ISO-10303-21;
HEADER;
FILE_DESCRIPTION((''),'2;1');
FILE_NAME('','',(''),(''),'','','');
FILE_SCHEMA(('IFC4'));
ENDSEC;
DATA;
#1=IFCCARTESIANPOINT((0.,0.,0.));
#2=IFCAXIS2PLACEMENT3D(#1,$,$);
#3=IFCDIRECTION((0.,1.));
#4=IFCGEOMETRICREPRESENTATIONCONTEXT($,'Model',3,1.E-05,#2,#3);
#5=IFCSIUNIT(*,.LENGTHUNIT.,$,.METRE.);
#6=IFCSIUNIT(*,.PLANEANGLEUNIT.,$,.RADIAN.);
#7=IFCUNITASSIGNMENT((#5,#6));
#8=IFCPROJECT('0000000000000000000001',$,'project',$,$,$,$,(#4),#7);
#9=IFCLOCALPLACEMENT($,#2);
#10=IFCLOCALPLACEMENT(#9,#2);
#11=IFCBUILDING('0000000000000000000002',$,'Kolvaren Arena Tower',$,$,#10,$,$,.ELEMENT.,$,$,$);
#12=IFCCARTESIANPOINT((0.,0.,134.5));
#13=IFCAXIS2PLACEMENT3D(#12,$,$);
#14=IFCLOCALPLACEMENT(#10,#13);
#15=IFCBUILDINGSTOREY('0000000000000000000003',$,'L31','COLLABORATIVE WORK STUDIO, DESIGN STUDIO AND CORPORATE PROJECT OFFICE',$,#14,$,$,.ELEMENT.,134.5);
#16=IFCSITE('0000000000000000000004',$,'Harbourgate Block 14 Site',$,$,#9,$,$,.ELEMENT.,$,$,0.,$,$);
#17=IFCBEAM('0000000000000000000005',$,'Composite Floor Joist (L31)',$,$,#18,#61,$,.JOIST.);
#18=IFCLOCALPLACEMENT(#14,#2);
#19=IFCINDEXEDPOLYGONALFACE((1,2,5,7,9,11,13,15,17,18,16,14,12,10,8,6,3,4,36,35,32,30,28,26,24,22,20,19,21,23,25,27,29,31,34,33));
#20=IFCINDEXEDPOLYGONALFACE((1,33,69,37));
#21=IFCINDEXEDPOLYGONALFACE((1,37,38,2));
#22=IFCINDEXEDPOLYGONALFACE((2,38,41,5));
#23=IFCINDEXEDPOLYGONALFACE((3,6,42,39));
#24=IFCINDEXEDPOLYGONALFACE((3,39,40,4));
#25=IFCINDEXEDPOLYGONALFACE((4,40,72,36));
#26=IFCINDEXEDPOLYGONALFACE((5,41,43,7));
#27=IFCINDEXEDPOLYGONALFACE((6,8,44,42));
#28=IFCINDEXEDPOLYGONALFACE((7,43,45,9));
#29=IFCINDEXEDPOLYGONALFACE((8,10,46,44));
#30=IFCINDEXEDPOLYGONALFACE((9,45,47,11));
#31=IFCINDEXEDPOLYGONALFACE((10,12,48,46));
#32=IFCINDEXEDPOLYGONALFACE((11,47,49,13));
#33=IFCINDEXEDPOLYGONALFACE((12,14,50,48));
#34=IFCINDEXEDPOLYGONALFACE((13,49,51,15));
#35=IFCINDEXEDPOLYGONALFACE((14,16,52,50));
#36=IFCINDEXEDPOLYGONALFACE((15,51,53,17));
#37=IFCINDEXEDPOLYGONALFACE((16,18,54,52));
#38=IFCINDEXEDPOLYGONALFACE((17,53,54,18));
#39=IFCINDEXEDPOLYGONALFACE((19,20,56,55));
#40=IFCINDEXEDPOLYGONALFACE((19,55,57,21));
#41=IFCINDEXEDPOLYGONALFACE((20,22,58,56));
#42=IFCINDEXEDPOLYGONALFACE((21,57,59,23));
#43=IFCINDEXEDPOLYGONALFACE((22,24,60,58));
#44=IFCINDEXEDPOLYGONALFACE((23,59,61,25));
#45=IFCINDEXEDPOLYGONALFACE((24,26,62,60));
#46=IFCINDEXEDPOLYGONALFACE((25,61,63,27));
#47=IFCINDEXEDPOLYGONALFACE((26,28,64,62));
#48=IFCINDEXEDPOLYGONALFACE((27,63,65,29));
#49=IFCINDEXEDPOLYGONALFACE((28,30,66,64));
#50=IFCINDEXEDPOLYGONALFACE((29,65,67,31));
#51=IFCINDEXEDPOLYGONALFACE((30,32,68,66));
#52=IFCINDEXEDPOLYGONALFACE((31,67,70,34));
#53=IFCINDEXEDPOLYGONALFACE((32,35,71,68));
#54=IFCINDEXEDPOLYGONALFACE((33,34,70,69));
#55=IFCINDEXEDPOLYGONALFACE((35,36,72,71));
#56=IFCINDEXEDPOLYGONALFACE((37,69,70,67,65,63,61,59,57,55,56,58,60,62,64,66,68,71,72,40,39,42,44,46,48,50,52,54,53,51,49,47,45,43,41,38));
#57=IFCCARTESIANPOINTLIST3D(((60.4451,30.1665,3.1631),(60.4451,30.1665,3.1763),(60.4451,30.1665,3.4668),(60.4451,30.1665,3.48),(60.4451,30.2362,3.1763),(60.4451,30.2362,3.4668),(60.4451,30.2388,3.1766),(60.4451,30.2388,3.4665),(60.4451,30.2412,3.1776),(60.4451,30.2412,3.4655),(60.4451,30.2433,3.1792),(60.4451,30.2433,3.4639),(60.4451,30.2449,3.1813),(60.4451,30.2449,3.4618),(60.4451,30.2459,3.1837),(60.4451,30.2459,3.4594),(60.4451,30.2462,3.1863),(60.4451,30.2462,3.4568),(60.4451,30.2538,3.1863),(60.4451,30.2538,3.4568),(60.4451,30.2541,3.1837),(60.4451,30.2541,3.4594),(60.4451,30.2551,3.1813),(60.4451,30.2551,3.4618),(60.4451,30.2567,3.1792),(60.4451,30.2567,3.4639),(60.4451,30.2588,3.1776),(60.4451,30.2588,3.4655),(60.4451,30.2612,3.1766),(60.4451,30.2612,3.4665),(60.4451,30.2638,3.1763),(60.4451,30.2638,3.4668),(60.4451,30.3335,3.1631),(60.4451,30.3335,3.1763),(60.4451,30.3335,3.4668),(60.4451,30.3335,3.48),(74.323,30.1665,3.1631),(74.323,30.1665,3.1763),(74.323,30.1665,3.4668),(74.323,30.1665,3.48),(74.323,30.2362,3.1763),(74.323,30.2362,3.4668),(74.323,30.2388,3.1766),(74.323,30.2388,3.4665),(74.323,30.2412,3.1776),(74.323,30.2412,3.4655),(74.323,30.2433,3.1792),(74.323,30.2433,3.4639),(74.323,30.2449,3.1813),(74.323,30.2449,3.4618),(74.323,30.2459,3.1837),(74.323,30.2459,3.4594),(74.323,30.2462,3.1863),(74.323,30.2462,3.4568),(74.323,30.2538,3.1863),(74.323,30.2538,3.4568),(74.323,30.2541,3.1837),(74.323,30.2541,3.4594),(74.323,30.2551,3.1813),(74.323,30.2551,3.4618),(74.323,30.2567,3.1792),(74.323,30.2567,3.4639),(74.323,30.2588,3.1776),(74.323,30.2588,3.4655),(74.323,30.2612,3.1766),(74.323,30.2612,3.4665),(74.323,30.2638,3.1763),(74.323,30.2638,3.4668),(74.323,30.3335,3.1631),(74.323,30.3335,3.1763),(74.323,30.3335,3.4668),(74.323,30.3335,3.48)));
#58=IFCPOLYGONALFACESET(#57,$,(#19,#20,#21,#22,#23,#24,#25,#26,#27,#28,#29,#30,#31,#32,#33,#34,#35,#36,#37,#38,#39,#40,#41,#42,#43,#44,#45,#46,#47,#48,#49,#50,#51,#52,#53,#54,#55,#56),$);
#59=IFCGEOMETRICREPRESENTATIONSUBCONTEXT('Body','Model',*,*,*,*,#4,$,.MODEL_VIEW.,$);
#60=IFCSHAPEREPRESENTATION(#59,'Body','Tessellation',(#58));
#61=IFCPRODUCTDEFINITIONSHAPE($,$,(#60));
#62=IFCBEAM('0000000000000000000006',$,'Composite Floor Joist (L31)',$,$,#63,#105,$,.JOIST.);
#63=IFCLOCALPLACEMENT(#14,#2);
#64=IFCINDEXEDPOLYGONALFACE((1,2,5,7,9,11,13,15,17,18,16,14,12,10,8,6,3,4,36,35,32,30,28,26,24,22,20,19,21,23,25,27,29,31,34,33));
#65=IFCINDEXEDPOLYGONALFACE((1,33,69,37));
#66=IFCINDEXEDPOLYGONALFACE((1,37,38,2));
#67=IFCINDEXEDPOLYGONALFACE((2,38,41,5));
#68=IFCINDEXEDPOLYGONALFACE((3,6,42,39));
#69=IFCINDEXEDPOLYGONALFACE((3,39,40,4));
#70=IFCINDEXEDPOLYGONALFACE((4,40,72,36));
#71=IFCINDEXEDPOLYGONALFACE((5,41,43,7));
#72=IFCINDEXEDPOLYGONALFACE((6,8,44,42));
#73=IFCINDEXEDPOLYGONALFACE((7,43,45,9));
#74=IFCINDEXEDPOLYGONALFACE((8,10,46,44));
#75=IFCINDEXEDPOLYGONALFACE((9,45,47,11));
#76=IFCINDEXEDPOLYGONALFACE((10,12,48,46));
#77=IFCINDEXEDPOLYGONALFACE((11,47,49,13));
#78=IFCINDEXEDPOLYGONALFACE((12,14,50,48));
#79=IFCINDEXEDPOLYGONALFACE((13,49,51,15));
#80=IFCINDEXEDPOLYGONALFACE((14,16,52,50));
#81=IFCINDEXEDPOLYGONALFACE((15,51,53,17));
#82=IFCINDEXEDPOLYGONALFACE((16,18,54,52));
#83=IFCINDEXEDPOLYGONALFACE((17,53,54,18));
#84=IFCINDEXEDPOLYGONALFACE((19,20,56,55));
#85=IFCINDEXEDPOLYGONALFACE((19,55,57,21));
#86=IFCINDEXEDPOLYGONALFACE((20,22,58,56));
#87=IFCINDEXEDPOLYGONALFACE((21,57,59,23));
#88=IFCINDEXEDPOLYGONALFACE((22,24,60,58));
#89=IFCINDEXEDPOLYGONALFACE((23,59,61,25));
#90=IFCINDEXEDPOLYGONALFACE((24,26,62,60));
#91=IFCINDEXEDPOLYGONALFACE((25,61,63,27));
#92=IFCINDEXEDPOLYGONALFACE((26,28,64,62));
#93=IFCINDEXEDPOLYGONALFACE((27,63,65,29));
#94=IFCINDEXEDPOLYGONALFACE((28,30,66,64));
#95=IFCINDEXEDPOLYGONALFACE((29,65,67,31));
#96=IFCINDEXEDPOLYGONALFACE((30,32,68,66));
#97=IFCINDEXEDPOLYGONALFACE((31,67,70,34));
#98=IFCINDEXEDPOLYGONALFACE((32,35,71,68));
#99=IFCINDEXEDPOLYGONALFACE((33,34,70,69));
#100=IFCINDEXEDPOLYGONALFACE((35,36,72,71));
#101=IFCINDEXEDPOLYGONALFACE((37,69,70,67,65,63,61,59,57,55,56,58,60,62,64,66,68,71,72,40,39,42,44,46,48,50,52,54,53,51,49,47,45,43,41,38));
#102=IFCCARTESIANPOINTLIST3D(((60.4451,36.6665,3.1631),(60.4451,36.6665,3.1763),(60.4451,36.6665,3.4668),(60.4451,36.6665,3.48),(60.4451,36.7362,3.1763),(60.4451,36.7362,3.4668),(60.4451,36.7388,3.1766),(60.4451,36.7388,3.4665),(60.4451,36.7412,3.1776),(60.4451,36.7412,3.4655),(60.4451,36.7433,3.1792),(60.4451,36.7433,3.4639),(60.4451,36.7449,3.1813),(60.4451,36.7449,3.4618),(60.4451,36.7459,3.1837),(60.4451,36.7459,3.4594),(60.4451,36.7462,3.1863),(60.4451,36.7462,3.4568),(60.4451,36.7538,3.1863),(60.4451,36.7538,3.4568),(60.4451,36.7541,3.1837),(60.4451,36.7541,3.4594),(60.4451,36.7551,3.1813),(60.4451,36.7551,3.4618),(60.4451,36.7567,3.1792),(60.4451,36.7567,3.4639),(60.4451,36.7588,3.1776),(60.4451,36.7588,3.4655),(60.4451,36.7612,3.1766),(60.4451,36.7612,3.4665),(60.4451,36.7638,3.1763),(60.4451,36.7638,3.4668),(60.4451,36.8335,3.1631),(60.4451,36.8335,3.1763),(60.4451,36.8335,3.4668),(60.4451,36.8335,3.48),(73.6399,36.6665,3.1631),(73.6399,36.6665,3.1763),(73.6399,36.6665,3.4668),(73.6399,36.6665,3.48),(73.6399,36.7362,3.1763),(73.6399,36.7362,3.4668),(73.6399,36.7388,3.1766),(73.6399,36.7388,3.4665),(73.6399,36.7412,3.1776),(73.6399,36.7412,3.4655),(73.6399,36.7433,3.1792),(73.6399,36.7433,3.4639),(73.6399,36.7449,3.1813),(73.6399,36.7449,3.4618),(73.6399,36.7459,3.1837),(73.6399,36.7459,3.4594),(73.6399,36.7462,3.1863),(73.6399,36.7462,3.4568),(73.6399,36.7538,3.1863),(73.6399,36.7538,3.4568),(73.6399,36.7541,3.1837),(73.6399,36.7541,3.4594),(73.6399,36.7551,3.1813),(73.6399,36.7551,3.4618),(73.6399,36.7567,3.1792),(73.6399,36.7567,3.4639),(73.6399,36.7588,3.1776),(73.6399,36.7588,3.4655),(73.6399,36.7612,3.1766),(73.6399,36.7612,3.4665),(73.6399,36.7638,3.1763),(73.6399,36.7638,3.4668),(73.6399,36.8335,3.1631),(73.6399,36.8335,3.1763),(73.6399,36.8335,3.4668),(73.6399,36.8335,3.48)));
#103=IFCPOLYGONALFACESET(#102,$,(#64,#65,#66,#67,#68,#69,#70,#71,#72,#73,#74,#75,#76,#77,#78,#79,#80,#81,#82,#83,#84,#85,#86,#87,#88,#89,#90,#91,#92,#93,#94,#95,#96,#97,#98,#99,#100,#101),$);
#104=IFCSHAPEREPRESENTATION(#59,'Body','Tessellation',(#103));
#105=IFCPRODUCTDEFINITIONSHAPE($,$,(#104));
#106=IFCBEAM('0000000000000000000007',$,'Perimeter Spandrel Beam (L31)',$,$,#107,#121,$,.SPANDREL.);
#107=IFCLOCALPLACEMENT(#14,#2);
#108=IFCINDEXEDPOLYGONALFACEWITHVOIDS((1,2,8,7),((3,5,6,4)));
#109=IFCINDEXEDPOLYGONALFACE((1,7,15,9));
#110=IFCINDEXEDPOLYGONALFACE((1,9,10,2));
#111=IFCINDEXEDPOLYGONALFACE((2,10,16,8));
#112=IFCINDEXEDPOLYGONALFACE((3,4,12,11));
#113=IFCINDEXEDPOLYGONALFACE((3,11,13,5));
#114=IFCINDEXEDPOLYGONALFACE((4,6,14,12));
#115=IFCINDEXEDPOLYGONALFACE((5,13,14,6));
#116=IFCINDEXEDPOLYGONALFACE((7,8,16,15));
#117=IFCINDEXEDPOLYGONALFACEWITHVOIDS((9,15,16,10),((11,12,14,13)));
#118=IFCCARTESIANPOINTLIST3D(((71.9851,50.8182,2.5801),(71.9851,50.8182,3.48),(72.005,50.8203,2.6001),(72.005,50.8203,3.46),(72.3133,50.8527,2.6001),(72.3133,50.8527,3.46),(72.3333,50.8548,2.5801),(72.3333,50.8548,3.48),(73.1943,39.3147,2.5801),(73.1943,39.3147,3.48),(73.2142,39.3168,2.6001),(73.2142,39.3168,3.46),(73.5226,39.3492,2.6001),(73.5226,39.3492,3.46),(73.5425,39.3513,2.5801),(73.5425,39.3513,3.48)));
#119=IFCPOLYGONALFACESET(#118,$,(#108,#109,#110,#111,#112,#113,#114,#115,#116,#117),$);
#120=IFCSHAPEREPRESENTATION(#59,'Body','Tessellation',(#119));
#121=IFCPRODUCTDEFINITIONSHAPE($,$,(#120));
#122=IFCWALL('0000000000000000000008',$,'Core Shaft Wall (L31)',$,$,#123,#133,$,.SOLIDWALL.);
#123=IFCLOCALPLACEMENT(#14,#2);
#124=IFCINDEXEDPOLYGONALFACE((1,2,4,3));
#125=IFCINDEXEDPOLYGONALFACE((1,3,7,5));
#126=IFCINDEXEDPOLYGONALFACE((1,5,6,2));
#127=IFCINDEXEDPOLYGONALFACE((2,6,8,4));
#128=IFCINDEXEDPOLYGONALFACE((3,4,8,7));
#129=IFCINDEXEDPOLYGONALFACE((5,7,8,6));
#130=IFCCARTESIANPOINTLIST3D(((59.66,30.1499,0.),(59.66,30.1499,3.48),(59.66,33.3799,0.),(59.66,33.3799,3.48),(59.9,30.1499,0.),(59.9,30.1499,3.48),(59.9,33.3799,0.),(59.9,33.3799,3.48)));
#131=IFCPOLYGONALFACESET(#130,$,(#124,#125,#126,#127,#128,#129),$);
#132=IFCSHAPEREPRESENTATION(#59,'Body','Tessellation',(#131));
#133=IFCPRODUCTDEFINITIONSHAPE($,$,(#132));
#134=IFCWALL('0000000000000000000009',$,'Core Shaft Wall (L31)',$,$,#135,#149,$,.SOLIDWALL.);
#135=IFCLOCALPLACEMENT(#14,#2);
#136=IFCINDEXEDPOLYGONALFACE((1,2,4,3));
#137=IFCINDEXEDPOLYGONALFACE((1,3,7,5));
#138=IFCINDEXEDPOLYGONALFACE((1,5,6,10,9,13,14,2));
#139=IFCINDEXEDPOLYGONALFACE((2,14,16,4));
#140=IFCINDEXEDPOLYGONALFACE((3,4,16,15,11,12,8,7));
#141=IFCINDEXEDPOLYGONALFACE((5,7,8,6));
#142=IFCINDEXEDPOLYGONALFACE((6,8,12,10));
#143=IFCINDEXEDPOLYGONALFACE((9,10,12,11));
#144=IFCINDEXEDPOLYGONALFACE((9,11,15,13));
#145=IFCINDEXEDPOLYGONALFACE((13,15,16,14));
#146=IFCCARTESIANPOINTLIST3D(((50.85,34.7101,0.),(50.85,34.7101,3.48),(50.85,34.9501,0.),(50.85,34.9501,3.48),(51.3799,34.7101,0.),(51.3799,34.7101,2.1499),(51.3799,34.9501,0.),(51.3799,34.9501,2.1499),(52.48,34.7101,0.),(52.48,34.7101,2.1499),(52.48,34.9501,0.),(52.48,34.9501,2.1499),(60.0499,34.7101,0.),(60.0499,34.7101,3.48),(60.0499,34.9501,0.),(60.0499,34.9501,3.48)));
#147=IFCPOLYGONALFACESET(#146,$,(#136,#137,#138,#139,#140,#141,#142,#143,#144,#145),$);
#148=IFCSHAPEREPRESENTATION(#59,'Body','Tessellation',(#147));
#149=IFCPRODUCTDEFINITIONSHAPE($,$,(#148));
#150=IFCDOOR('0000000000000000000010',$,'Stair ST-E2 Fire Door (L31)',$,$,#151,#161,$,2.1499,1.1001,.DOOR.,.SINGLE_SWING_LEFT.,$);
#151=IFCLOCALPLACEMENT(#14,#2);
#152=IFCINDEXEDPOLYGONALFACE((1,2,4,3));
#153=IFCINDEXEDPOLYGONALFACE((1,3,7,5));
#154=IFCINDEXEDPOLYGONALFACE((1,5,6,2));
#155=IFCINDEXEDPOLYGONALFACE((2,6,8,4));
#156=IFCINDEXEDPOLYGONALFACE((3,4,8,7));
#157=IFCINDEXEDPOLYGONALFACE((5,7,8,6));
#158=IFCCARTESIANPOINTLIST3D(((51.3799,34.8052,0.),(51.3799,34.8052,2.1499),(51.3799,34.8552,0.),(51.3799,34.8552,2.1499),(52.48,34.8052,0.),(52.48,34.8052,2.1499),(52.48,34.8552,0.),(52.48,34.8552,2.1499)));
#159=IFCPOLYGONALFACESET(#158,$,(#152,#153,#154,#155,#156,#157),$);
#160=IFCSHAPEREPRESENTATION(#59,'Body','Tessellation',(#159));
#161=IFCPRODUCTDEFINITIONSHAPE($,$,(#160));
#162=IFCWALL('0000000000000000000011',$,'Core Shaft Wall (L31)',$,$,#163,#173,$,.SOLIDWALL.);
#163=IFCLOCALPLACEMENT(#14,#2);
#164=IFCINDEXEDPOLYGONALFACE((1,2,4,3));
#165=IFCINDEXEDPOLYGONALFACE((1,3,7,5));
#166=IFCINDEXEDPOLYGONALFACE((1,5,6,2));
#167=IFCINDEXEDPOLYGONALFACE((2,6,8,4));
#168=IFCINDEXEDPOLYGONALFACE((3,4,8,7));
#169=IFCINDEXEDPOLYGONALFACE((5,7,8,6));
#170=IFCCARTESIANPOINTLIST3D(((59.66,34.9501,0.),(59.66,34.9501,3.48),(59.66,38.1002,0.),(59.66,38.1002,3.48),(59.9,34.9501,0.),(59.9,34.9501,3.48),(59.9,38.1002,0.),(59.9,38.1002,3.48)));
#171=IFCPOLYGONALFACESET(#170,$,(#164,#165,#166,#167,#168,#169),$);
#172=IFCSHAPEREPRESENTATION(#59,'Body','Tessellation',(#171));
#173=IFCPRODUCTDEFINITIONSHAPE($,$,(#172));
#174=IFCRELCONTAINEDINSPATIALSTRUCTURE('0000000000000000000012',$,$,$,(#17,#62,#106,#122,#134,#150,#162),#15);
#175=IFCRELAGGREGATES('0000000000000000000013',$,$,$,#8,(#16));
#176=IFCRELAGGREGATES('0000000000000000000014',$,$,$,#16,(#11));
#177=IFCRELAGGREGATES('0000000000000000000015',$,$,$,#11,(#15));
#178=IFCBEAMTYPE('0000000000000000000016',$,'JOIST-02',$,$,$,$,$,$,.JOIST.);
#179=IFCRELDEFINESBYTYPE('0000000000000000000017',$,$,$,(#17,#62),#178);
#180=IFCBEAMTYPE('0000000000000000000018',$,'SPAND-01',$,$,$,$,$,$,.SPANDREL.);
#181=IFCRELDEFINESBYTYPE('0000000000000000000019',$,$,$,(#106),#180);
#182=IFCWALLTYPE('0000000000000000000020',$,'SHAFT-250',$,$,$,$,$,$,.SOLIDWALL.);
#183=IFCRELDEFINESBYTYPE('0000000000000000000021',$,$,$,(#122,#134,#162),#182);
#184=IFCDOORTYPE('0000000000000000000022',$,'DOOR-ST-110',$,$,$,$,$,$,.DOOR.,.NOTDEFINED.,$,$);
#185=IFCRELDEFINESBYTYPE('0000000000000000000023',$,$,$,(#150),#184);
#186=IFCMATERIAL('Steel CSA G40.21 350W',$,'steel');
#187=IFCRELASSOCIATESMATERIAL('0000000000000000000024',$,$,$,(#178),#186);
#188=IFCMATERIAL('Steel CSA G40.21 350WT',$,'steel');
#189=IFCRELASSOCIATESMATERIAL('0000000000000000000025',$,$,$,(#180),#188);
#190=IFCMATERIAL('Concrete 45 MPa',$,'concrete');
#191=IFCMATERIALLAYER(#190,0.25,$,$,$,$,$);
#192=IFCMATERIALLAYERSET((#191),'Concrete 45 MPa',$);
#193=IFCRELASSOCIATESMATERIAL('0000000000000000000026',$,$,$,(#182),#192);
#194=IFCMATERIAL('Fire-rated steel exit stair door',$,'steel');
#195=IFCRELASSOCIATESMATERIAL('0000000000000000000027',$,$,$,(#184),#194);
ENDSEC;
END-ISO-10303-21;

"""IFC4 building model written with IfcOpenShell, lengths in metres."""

from ifc_helpers import new_model, si_unit, direction, frame, frame_2d, origin, origin_2d, place, context, subcontext, project, spatial, rectangle, hollow_rectangle, i_section, extrude, material, layer, layer_set, material_profile, profile_set, type_object, element, fill, save


model = new_model("IFC4")

# Units and contexts
model_context = context("Model", 3, precision=1e-05, world=origin(), true_north=direction((0.0, 1.0)))
body_context = subcontext(model_context, "Body", "Model", "MODEL_VIEW")
ifc_project = project(units=[si_unit("LENGTHUNIT", "METRE"), si_unit("PLANEANGLEUNIT", "RADIAN")], contexts=[model_context])

# Site, building, storey
site_placement = place(None, origin())
site = spatial("IfcSite", under=ifc_project, at=site_placement, Name="Harbourgate Block 14 Site", CompositionType="ELEMENT", RefElevation=0.0)
building_placement = place(site_placement, origin())
building = spatial("IfcBuilding", under=site, at=building_placement, Name="Kolvaren Arena Tower", CompositionType="ELEMENT")
storey_placement = place(building_placement, frame((0.0, 0.0, 134.5)))
storey = spatial("IfcBuildingStorey", under=building, at=storey_placement, Name="L31", Description="COLLABORATIVE WORK STUDIO, DESIGN STUDIO AND CORPORATE PROJECT OFFICE", CompositionType="ELEMENT", Elevation=134.5)

# Beams
ifc_material_1 = material(Name="Steel CSA G40.21 350W", Category="steel")
ifc_material_profile_1 = material_profile(ifc_material_1, i_section(OverallWidth=0.167, OverallDepth=0.3169, WebThickness=0.0076, FlangeThickness=0.0132, FilletRadius=0.01, at=origin_2d()), Name="W310x52")
ifc_profile_set_1 = profile_set([ifc_material_profile_1], Name="Steel CSA G40.21 350W")
beam_type_1 = type_object("IfcBeamType", Name="JOIST-02", PredefinedType="JOIST", material=ifc_profile_set_1)
beam_1_placement = place(storey_placement, frame((60.4451, 30.25, 3.3215), z_axis=(1.0, 0.0, 0.0), x_axis=(0.0, 1.0, 0.0)))
element("IfcBeam", 1, at=beam_1_placement, inside=storey, type_object=beam_type_1, Name="Composite Floor Joist (L31)", PredefinedType="JOIST", context=body_context, shape_type="SweptSolid", body=[
    extrude(i_section(OverallWidth=0.167, OverallDepth=0.3169, WebThickness=0.0076, FlangeThickness=0.0132, FilletRadius=0.01, at=origin_2d()), origin(), (0.0, 0.0, 1.0), 13.8779),
])
beam_2_placement = place(storey_placement, frame((60.4451, 36.75, 3.3215), z_axis=(1.0, 0.0, 0.0), x_axis=(0.0, 1.0, 0.0)))
element("IfcBeam", 2, at=beam_2_placement, inside=storey, type_object=beam_type_1, Name="Composite Floor Joist (L31)", PredefinedType="JOIST", context=body_context, shape_type="SweptSolid", body=[
    extrude(i_section(OverallWidth=0.167, OverallDepth=0.3169, WebThickness=0.0076, FlangeThickness=0.0132, FilletRadius=0.01, at=origin_2d()), origin(), (0.0, 0.0, 1.0), 13.1948),
])
ifc_material_2 = material(Name="Steel CSA G40.21 350WT", Category="steel")
ifc_material_profile_2 = material_profile(ifc_material_2, hollow_rectangle(XDim=0.3501, YDim=0.8999, WallThickness=0.02, at=origin_2d()), Name="HSS 900x350x20")
ifc_profile_set_2 = profile_set([ifc_material_profile_2], Name="Steel CSA G40.21 350WT")
beam_type_2 = type_object("IfcBeamType", Name="SPAND-01", PredefinedType="SPANDREL", material=ifc_profile_set_2)
beam_3_placement = place(storey_placement, frame((73.3684, 39.333, 3.03), z_axis=(-0.104543, 0.99452, 0.0), x_axis=(-0.99452, -0.104543, 0.0)))
element("IfcBeam", 3, at=beam_3_placement, inside=storey, type_object=beam_type_2, Name="Perimeter Spandrel Beam (L31)", PredefinedType="SPANDREL", context=body_context, shape_type="SweptSolid", body=[
    extrude(hollow_rectangle(XDim=0.3501, YDim=0.8999, WallThickness=0.02, at=origin_2d()), origin(), (0.0, 0.0, 1.0), 11.5669),
])

# Wall
ifc_material_3 = material(Name="Concrete 45 MPa", Category="concrete")
ifc_layer = layer(ifc_material_3, 0.25)
ifc_layer_set = layer_set([ifc_layer], Name="Concrete 45 MPa")
wall_type = type_object("IfcWallType", Name="SHAFT-250", PredefinedType="SOLIDWALL", material=ifc_layer_set)
wall_1_placement = place(storey_placement, frame((59.78, 30.1499, 0.0), z_axis=(0.0, 0.0, 1.0), x_axis=(0.0, 1.0, 0.0)))
element("IfcWall", 4, at=wall_1_placement, inside=storey, type_object=wall_type, Name="Core Shaft Wall (L31)", PredefinedType="SOLIDWALL", context=body_context, shape_type="SweptSolid", body=[
    extrude(rectangle(XDim=3.23, YDim=0.24, at=frame_2d((1.615, 0.0))), origin(), (0.0, 0.0, 1.0), 3.48),
])

# Wall, opening, door
wall_2_placement = place(storey_placement, frame((60.05, 34.8301, 0.0), z_axis=(0.0, 0.0, 1.0), x_axis=(-1.0, 0.0, 0.0)))
wall_2 = element("IfcWall", 5, at=wall_2_placement, inside=storey, type_object=wall_type, Name="Core Shaft Wall (L31)", PredefinedType="SOLIDWALL", context=body_context, shape_type="SweptSolid", body=[
    extrude(rectangle(XDim=9.2, YDim=0.24, at=frame_2d((4.6001, 0.0))), origin(), (0.0, 0.0, 1.0), 3.48),
])
opening_placement = place(wall_2_placement, frame((7.5701, 0.0, 0.0)))
opening = element("IfcOpeningElement", 6, at=opening_placement, cuts=wall_2, PredefinedType="OPENING", context=body_context, shape_type="SweptSolid", body=[
    extrude(rectangle(XDim=1.1001, YDim=2.1499, at=frame_2d((0.55, 1.075))), frame((0.0, 0.1299, 0.0), z_axis=(0.0, -1.0, 0.0), x_axis=(1.0, 0.0, 0.0)), (0.0, 0.0, 1.0), 0.26),
])
ifc_material_4 = material(Name="Fire-rated steel exit stair door", Category="steel")
door_type = type_object("IfcDoorType", Name="DOOR-ST-110", OperationType="NOTDEFINED", PredefinedType="DOOR", material=ifc_material_4)
door_placement = place(opening_placement, origin())
door = element("IfcDoor", 7, at=door_placement, inside=storey, type_object=door_type, Name="Stair ST-E2 Fire Door (L31)", OperationType="SINGLE_SWING_LEFT", OverallHeight=2.1499, OverallWidth=1.1001, PredefinedType="DOOR", context=body_context, shape_type="SweptSolid", body=[
    extrude(rectangle(XDim=1.1001, YDim=2.1499, at=frame_2d((0.55, 1.075))), frame((0.0, 0.0249, 0.0), z_axis=(0.0, -1.0, 0.0), x_axis=(1.0, 0.0, 0.0)), (0.0, 0.0, 1.0), 0.05),
])
fill(opening, door)

# Wall
wall_3_placement = place(storey_placement, frame((59.78, 34.95, 0.0), z_axis=(0.0, 0.0, 1.0), x_axis=(0.0, 1.0, 0.0)))
element("IfcWall", 8, at=wall_3_placement, inside=storey, type_object=wall_type, Name="Core Shaft Wall (L31)", PredefinedType="SOLIDWALL", context=body_context, shape_type="SweptSolid", body=[
    extrude(rectangle(XDim=3.1501, YDim=0.24, at=frame_2d((1.5752, 0.0))), origin(), (0.0, 0.0, 1.0), 3.48),
])

save(model, "model.ifc")
